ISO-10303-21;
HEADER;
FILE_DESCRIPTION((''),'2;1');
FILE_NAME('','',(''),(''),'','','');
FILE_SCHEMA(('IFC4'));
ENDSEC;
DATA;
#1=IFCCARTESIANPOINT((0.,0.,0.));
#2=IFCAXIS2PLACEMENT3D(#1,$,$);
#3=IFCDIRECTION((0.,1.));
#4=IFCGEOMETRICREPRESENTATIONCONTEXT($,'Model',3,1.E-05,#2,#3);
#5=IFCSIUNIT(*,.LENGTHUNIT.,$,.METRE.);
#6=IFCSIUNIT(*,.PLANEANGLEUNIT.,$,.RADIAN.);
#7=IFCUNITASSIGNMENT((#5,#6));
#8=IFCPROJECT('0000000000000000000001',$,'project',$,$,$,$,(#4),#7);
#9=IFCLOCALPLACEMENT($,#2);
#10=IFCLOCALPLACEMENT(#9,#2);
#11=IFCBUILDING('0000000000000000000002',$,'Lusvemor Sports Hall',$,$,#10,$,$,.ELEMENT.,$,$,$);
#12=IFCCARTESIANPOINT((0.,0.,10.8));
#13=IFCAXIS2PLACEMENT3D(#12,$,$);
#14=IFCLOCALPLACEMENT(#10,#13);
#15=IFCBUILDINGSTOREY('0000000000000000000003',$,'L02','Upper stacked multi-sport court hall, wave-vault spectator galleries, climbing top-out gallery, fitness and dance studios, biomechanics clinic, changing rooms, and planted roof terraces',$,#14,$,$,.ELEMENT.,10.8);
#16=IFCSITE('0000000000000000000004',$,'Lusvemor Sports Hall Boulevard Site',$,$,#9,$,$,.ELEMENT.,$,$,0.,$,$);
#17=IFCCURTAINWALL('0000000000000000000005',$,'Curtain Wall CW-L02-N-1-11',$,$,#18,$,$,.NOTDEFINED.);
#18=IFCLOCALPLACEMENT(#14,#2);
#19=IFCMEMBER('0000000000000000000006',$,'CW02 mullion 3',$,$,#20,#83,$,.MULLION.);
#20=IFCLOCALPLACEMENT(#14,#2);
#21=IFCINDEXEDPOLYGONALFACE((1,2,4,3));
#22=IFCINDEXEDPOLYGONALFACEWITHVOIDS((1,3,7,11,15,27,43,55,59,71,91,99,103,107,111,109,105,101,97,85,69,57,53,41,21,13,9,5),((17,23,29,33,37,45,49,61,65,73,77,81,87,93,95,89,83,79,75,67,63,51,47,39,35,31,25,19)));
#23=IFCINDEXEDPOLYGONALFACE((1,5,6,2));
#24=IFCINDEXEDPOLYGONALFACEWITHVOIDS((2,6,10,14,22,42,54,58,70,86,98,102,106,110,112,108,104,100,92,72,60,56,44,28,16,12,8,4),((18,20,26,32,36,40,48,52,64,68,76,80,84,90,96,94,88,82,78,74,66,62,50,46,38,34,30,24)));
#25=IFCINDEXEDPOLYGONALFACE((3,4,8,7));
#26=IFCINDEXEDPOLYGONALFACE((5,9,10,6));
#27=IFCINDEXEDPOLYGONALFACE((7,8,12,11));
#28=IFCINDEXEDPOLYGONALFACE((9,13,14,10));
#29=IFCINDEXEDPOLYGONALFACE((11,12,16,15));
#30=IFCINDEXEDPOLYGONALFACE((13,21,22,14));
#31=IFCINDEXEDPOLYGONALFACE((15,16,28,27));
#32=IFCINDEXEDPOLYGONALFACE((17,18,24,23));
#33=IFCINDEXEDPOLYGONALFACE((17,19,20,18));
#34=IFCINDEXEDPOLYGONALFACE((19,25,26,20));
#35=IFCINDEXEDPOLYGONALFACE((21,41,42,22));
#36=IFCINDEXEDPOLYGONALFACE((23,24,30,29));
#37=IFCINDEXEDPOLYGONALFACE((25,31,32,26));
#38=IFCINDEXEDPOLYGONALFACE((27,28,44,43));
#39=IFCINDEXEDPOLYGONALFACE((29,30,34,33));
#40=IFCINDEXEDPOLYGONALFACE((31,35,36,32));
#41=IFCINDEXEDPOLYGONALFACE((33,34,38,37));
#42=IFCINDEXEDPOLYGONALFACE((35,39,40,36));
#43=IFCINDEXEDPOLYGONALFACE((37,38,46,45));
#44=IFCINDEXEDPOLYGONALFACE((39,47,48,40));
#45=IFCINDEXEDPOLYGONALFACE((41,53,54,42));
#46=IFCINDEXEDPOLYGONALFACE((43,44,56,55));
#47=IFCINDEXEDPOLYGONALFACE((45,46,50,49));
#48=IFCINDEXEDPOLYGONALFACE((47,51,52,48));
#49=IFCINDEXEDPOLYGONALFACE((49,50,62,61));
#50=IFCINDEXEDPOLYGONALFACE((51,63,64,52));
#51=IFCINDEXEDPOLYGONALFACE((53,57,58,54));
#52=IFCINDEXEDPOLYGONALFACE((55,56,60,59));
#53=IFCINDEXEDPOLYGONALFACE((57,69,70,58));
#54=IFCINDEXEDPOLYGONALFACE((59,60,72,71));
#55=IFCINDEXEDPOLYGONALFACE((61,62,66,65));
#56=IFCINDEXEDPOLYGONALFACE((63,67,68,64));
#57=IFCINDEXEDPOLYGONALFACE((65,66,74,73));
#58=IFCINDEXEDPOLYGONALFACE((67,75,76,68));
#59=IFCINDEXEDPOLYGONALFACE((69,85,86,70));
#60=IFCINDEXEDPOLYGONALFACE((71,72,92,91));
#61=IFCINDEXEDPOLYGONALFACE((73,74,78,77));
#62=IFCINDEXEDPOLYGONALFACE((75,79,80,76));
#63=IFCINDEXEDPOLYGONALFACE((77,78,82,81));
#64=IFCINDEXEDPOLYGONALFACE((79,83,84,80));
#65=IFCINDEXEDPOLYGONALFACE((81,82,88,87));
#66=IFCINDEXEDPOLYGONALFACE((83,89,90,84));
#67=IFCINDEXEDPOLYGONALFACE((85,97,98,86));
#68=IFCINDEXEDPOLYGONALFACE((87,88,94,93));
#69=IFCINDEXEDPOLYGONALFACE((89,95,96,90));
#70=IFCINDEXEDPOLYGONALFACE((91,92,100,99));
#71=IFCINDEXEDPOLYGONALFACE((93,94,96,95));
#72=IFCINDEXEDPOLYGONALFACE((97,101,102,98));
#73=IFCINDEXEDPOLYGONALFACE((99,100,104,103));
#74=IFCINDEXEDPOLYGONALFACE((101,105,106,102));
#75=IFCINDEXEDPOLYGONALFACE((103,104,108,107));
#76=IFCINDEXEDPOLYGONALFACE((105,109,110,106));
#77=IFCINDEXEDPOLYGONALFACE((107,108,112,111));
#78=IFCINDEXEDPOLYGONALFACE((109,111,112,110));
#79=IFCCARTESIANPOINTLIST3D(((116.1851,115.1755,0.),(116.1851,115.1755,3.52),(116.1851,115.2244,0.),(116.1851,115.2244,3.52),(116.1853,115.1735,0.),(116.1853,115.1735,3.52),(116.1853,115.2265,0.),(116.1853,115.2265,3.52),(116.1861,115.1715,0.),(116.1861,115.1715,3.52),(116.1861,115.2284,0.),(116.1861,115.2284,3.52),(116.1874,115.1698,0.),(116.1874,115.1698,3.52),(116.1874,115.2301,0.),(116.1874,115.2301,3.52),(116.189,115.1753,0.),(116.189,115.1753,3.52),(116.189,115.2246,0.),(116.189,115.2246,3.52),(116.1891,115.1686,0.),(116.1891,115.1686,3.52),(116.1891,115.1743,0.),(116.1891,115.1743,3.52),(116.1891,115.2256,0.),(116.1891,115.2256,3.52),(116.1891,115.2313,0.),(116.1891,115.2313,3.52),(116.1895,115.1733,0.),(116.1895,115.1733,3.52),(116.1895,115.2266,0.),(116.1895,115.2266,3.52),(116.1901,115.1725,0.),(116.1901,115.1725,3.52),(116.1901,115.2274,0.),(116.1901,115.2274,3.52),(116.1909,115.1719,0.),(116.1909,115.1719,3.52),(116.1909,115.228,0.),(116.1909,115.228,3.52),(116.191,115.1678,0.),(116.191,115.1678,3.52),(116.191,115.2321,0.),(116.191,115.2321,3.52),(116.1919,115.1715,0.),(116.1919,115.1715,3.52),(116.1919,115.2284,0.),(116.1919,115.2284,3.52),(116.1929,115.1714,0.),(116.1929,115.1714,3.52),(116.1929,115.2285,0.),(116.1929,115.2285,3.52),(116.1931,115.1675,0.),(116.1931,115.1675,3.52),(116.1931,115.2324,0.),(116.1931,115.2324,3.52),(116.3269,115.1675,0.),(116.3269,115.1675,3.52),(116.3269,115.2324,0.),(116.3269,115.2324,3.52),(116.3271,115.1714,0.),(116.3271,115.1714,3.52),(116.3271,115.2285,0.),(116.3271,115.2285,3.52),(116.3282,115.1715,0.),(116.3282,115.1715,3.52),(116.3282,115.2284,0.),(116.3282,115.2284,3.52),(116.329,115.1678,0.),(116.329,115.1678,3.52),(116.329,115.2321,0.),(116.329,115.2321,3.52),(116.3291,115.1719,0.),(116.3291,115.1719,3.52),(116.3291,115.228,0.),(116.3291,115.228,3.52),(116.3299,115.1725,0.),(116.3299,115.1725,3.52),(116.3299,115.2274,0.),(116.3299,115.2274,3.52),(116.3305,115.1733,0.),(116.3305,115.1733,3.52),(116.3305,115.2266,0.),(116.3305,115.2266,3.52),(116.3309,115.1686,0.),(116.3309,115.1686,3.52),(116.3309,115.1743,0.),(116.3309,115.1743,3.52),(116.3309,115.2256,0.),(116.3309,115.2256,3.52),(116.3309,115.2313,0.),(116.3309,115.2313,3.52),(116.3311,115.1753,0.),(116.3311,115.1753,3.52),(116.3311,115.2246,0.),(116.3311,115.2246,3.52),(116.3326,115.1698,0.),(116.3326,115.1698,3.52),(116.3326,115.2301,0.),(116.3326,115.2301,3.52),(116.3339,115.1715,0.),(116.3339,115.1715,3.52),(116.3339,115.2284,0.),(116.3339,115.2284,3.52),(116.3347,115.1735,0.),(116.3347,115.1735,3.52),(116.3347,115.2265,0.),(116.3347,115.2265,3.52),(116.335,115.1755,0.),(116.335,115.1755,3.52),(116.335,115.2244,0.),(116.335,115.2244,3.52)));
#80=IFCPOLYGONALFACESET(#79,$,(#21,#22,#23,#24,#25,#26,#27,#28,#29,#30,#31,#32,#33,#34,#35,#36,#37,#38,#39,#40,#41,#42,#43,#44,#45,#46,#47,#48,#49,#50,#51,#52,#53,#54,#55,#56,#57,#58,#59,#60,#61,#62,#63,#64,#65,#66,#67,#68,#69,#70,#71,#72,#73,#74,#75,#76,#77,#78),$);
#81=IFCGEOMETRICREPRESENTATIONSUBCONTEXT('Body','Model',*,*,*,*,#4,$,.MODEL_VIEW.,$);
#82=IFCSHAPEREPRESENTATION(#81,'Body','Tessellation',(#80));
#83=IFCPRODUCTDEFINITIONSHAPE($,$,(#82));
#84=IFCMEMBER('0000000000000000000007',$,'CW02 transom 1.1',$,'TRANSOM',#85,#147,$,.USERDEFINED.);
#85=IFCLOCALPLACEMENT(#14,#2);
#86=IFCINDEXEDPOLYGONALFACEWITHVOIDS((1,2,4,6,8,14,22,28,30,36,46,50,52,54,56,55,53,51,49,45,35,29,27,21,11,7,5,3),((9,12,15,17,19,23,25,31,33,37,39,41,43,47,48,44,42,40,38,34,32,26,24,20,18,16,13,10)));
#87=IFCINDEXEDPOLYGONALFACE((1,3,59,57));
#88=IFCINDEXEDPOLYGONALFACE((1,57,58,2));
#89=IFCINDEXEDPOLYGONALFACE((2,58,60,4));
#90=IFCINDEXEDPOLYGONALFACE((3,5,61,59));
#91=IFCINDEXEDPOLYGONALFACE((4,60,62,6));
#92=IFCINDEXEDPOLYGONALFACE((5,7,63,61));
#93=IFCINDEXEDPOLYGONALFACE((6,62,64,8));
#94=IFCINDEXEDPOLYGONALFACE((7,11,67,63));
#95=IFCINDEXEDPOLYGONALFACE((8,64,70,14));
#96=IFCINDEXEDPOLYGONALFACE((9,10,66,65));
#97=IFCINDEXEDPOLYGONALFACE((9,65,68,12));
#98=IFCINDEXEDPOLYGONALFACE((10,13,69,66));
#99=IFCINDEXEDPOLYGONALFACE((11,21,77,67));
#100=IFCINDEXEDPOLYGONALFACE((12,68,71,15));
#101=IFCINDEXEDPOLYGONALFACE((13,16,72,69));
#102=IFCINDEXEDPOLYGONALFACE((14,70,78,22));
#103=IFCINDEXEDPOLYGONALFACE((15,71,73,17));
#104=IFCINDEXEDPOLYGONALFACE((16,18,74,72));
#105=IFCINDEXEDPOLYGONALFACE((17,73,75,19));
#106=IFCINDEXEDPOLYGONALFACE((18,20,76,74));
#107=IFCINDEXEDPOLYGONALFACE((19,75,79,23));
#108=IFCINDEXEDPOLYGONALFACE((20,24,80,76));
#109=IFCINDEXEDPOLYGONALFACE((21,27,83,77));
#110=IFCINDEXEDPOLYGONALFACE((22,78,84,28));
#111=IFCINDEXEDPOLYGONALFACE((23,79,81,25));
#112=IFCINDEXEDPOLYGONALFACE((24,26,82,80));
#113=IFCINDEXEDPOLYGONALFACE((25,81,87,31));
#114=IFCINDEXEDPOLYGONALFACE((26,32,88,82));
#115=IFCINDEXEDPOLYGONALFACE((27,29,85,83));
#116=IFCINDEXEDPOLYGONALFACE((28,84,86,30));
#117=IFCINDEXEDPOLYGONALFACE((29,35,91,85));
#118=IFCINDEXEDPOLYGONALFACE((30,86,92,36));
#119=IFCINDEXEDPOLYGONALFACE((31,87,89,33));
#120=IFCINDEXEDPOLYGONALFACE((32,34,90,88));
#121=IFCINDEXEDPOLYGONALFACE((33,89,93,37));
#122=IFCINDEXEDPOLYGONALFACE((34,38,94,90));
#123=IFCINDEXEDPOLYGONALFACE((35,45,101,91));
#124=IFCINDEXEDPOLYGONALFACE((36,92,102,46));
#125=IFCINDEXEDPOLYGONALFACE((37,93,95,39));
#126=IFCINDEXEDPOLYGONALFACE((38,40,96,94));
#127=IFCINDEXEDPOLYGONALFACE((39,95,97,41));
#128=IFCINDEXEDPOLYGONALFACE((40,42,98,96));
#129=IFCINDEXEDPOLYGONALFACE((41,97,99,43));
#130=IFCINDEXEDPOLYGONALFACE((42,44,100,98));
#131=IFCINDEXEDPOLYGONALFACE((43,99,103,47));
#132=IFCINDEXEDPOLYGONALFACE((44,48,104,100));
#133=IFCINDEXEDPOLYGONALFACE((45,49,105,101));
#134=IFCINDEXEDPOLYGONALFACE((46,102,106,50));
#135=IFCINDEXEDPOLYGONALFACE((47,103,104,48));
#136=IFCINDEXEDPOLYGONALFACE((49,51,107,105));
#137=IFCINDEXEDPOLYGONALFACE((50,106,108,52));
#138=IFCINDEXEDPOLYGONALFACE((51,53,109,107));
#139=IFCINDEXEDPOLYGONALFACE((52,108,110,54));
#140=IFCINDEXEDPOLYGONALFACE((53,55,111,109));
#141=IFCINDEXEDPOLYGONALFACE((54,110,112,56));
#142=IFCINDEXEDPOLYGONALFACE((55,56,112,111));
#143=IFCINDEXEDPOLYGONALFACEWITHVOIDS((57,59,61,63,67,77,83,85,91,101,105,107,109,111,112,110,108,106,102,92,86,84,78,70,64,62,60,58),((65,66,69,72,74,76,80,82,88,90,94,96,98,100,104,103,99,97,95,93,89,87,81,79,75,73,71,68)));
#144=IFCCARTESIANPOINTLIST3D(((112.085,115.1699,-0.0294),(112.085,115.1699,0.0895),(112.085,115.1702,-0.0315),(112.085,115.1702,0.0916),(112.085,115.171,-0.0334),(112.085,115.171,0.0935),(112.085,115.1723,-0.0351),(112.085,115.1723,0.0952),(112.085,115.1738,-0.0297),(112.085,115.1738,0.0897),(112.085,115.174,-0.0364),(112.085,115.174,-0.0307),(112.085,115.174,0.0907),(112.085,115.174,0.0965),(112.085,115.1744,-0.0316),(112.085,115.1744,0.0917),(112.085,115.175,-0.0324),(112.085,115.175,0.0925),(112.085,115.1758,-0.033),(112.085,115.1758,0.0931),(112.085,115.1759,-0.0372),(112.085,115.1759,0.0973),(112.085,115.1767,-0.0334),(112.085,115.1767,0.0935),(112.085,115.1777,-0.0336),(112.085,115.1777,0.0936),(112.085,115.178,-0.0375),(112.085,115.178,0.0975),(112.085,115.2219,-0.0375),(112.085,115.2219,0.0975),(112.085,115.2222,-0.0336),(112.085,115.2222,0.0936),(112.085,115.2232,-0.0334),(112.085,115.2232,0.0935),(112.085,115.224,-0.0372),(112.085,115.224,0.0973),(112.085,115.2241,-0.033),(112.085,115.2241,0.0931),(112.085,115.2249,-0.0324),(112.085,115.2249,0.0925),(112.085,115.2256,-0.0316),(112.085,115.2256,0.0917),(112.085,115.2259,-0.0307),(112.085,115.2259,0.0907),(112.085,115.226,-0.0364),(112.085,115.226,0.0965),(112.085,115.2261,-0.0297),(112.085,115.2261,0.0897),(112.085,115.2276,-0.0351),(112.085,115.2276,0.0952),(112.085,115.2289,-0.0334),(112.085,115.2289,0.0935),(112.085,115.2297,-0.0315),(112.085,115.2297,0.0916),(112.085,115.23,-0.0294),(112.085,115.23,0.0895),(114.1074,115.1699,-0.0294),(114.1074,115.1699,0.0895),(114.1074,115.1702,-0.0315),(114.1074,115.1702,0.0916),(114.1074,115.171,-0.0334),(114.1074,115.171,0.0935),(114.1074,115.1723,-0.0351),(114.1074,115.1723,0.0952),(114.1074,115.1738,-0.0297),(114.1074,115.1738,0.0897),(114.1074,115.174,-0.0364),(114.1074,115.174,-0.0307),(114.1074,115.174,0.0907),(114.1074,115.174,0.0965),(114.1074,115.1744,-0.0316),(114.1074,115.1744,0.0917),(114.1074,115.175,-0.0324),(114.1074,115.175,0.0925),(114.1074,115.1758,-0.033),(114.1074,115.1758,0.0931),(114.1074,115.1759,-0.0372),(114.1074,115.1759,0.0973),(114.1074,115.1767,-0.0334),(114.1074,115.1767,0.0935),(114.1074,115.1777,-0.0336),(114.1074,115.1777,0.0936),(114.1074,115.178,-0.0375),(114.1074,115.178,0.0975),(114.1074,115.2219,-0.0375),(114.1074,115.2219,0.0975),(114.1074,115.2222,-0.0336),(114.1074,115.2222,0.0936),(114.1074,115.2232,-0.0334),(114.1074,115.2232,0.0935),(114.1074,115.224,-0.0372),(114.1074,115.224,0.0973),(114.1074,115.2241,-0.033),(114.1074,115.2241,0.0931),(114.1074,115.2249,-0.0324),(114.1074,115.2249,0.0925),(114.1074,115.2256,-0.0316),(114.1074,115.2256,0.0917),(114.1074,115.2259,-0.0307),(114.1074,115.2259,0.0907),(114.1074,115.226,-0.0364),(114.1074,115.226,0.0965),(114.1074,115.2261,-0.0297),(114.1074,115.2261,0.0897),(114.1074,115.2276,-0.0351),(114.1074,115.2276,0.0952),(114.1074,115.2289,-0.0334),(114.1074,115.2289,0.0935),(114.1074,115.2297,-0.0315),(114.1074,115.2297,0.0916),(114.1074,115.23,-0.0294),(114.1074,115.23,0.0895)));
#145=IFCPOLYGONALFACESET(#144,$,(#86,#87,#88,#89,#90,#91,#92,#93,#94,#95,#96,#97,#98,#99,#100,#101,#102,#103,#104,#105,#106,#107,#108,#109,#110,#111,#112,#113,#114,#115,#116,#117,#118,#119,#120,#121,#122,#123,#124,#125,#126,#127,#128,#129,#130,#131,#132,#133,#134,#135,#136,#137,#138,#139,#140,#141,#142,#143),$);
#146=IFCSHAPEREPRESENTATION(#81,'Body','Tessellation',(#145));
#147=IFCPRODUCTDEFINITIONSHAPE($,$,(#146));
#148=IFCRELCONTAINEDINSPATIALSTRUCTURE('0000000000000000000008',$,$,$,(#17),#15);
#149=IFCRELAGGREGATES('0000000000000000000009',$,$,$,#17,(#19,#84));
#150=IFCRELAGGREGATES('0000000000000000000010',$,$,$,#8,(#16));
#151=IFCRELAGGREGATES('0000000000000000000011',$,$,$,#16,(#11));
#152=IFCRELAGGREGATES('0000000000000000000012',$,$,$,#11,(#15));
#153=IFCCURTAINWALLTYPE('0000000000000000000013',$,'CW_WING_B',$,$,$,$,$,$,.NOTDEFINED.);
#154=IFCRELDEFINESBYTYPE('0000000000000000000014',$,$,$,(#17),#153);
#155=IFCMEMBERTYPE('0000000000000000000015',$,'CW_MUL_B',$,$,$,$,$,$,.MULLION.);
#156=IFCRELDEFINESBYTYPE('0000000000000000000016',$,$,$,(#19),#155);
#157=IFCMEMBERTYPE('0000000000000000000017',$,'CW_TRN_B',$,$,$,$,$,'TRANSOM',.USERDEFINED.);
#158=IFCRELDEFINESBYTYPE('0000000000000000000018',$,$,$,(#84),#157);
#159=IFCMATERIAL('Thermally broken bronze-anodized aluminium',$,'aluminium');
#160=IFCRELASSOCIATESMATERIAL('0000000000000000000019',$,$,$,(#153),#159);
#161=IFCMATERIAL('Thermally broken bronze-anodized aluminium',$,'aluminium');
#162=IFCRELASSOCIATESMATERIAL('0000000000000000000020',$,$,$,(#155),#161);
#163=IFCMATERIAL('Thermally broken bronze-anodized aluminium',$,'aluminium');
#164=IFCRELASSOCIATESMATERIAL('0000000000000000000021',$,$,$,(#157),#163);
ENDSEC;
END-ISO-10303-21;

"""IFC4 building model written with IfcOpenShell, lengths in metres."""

from ifc_helpers import new_model, si_unit, direction, frame, origin, origin_2d, place, context, subcontext, project, spatial, hollow_rectangle, extrude, material, material_profile, profile_set, type_object, element, aggregate, save


model = new_model("IFC4")

# Units and contexts
model_context = context("Model", 3, precision=1e-05, world=origin(), true_north=direction((0.0, 1.0)))
body_context = subcontext(model_context, "Body", "Model", "MODEL_VIEW")
ifc_project = project(units=[si_unit("LENGTHUNIT", "METRE"), si_unit("PLANEANGLEUNIT", "RADIAN")], contexts=[model_context])

# Site, building, storey
site_placement = place(None, origin())
site = spatial("IfcSite", under=ifc_project, at=site_placement, Name="Lusvemor Sports Hall Boulevard Site", CompositionType="ELEMENT", RefElevation=0.0)
building_placement = place(site_placement, origin())
building = spatial("IfcBuilding", under=site, at=building_placement, Name="Lusvemor Sports Hall", CompositionType="ELEMENT")
storey_placement = place(building_placement, frame((0.0, 0.0, 10.8)))
storey = spatial("IfcBuildingStorey", under=building, at=storey_placement, Name="L02", Description="Upper stacked multi-sport court hall, wave-vault spectator galleries, climbing top-out gallery, fitness and dance studios, biomechanics clinic, changing rooms, and planted roof terraces", CompositionType="ELEMENT", Elevation=10.8)

# Curtain wall, members
ifc_material_1 = material(Name="Thermally broken bronze-anodized aluminium", Category="aluminium")
curtain_wall_type = type_object("IfcCurtainWallType", Name="CW_WING_B", PredefinedType="NOTDEFINED", material=ifc_material_1)
curtain_wall_placement = place(storey_placement, origin())
curtain_wall = element("IfcCurtainWall", 1, at=curtain_wall_placement, inside=storey, type_object=curtain_wall_type, Name="Curtain Wall CW-L02-N-1-11", PredefinedType="NOTDEFINED")
ifc_material_2 = material(Name="Thermally broken bronze-anodized aluminium", Category="aluminium")
ifc_material_profile_1 = material_profile(ifc_material_2, hollow_rectangle(XDim=0.0649, YDim=0.1499, WallThickness=0.0039, InnerFilletRadius=0.0039, OuterFilletRadius=0.0081, at=origin_2d()), Name="CWMUL150x65x4")
ifc_profile_set_1 = profile_set([ifc_material_profile_1], Name="Thermally broken bronze-anodized aluminium")
member_type_1 = type_object("IfcMemberType", Name="CW_MUL_B", PredefinedType="MULLION", material=ifc_profile_set_1)
member_1_placement = place(storey_placement, frame((116.26, 115.2, 0.0), z_axis=(0.0, 0.0, 1.0), x_axis=(0.0, 1.0, 0.0)))
member_1 = element("IfcMember", 2, at=member_1_placement, type_object=member_type_1, Name="CW02 mullion 3", PredefinedType="MULLION", context=body_context, shape_type="SweptSolid", body=[
    extrude(hollow_rectangle(XDim=0.0649, YDim=0.1499, WallThickness=0.0039, InnerFilletRadius=0.0039, OuterFilletRadius=0.0081, at=origin_2d()), origin(), (0.0, 0.0, 1.0), 3.52),
])
ifc_material_3 = material(Name="Thermally broken bronze-anodized aluminium", Category="aluminium")
ifc_material_profile_2 = material_profile(ifc_material_3, hollow_rectangle(XDim=0.0601, YDim=0.135, WallThickness=0.0039, InnerFilletRadius=0.0039, OuterFilletRadius=0.0081, at=origin_2d()), Name="CWTRN135x60x4")
ifc_profile_set_2 = profile_set([ifc_material_profile_2], Name="Thermally broken bronze-anodized aluminium")
member_type_2 = type_object("IfcMemberType", Name="CW_TRN_B", ElementType="TRANSOM", PredefinedType="USERDEFINED", material=ifc_profile_set_2)
member_2_placement = place(storey_placement, frame((112.085, 115.2, 0.03), z_axis=(1.0, 0.0, 0.0), x_axis=(0.0, 1.0, 0.0)))
member_2 = element("IfcMember", 3, at=member_2_placement, type_object=member_type_2, Name="CW02 transom 1.1", ObjectType="TRANSOM", PredefinedType="USERDEFINED", context=body_context, shape_type="SweptSolid", body=[
    extrude(hollow_rectangle(XDim=0.0601, YDim=0.135, WallThickness=0.0039, InnerFilletRadius=0.0039, OuterFilletRadius=0.0081, at=origin_2d()), origin(), (0.0, 0.0, 1.0), 2.0225),
])

aggregate(curtain_wall, [member_1, member_2])

save(model, "model.ifc")
